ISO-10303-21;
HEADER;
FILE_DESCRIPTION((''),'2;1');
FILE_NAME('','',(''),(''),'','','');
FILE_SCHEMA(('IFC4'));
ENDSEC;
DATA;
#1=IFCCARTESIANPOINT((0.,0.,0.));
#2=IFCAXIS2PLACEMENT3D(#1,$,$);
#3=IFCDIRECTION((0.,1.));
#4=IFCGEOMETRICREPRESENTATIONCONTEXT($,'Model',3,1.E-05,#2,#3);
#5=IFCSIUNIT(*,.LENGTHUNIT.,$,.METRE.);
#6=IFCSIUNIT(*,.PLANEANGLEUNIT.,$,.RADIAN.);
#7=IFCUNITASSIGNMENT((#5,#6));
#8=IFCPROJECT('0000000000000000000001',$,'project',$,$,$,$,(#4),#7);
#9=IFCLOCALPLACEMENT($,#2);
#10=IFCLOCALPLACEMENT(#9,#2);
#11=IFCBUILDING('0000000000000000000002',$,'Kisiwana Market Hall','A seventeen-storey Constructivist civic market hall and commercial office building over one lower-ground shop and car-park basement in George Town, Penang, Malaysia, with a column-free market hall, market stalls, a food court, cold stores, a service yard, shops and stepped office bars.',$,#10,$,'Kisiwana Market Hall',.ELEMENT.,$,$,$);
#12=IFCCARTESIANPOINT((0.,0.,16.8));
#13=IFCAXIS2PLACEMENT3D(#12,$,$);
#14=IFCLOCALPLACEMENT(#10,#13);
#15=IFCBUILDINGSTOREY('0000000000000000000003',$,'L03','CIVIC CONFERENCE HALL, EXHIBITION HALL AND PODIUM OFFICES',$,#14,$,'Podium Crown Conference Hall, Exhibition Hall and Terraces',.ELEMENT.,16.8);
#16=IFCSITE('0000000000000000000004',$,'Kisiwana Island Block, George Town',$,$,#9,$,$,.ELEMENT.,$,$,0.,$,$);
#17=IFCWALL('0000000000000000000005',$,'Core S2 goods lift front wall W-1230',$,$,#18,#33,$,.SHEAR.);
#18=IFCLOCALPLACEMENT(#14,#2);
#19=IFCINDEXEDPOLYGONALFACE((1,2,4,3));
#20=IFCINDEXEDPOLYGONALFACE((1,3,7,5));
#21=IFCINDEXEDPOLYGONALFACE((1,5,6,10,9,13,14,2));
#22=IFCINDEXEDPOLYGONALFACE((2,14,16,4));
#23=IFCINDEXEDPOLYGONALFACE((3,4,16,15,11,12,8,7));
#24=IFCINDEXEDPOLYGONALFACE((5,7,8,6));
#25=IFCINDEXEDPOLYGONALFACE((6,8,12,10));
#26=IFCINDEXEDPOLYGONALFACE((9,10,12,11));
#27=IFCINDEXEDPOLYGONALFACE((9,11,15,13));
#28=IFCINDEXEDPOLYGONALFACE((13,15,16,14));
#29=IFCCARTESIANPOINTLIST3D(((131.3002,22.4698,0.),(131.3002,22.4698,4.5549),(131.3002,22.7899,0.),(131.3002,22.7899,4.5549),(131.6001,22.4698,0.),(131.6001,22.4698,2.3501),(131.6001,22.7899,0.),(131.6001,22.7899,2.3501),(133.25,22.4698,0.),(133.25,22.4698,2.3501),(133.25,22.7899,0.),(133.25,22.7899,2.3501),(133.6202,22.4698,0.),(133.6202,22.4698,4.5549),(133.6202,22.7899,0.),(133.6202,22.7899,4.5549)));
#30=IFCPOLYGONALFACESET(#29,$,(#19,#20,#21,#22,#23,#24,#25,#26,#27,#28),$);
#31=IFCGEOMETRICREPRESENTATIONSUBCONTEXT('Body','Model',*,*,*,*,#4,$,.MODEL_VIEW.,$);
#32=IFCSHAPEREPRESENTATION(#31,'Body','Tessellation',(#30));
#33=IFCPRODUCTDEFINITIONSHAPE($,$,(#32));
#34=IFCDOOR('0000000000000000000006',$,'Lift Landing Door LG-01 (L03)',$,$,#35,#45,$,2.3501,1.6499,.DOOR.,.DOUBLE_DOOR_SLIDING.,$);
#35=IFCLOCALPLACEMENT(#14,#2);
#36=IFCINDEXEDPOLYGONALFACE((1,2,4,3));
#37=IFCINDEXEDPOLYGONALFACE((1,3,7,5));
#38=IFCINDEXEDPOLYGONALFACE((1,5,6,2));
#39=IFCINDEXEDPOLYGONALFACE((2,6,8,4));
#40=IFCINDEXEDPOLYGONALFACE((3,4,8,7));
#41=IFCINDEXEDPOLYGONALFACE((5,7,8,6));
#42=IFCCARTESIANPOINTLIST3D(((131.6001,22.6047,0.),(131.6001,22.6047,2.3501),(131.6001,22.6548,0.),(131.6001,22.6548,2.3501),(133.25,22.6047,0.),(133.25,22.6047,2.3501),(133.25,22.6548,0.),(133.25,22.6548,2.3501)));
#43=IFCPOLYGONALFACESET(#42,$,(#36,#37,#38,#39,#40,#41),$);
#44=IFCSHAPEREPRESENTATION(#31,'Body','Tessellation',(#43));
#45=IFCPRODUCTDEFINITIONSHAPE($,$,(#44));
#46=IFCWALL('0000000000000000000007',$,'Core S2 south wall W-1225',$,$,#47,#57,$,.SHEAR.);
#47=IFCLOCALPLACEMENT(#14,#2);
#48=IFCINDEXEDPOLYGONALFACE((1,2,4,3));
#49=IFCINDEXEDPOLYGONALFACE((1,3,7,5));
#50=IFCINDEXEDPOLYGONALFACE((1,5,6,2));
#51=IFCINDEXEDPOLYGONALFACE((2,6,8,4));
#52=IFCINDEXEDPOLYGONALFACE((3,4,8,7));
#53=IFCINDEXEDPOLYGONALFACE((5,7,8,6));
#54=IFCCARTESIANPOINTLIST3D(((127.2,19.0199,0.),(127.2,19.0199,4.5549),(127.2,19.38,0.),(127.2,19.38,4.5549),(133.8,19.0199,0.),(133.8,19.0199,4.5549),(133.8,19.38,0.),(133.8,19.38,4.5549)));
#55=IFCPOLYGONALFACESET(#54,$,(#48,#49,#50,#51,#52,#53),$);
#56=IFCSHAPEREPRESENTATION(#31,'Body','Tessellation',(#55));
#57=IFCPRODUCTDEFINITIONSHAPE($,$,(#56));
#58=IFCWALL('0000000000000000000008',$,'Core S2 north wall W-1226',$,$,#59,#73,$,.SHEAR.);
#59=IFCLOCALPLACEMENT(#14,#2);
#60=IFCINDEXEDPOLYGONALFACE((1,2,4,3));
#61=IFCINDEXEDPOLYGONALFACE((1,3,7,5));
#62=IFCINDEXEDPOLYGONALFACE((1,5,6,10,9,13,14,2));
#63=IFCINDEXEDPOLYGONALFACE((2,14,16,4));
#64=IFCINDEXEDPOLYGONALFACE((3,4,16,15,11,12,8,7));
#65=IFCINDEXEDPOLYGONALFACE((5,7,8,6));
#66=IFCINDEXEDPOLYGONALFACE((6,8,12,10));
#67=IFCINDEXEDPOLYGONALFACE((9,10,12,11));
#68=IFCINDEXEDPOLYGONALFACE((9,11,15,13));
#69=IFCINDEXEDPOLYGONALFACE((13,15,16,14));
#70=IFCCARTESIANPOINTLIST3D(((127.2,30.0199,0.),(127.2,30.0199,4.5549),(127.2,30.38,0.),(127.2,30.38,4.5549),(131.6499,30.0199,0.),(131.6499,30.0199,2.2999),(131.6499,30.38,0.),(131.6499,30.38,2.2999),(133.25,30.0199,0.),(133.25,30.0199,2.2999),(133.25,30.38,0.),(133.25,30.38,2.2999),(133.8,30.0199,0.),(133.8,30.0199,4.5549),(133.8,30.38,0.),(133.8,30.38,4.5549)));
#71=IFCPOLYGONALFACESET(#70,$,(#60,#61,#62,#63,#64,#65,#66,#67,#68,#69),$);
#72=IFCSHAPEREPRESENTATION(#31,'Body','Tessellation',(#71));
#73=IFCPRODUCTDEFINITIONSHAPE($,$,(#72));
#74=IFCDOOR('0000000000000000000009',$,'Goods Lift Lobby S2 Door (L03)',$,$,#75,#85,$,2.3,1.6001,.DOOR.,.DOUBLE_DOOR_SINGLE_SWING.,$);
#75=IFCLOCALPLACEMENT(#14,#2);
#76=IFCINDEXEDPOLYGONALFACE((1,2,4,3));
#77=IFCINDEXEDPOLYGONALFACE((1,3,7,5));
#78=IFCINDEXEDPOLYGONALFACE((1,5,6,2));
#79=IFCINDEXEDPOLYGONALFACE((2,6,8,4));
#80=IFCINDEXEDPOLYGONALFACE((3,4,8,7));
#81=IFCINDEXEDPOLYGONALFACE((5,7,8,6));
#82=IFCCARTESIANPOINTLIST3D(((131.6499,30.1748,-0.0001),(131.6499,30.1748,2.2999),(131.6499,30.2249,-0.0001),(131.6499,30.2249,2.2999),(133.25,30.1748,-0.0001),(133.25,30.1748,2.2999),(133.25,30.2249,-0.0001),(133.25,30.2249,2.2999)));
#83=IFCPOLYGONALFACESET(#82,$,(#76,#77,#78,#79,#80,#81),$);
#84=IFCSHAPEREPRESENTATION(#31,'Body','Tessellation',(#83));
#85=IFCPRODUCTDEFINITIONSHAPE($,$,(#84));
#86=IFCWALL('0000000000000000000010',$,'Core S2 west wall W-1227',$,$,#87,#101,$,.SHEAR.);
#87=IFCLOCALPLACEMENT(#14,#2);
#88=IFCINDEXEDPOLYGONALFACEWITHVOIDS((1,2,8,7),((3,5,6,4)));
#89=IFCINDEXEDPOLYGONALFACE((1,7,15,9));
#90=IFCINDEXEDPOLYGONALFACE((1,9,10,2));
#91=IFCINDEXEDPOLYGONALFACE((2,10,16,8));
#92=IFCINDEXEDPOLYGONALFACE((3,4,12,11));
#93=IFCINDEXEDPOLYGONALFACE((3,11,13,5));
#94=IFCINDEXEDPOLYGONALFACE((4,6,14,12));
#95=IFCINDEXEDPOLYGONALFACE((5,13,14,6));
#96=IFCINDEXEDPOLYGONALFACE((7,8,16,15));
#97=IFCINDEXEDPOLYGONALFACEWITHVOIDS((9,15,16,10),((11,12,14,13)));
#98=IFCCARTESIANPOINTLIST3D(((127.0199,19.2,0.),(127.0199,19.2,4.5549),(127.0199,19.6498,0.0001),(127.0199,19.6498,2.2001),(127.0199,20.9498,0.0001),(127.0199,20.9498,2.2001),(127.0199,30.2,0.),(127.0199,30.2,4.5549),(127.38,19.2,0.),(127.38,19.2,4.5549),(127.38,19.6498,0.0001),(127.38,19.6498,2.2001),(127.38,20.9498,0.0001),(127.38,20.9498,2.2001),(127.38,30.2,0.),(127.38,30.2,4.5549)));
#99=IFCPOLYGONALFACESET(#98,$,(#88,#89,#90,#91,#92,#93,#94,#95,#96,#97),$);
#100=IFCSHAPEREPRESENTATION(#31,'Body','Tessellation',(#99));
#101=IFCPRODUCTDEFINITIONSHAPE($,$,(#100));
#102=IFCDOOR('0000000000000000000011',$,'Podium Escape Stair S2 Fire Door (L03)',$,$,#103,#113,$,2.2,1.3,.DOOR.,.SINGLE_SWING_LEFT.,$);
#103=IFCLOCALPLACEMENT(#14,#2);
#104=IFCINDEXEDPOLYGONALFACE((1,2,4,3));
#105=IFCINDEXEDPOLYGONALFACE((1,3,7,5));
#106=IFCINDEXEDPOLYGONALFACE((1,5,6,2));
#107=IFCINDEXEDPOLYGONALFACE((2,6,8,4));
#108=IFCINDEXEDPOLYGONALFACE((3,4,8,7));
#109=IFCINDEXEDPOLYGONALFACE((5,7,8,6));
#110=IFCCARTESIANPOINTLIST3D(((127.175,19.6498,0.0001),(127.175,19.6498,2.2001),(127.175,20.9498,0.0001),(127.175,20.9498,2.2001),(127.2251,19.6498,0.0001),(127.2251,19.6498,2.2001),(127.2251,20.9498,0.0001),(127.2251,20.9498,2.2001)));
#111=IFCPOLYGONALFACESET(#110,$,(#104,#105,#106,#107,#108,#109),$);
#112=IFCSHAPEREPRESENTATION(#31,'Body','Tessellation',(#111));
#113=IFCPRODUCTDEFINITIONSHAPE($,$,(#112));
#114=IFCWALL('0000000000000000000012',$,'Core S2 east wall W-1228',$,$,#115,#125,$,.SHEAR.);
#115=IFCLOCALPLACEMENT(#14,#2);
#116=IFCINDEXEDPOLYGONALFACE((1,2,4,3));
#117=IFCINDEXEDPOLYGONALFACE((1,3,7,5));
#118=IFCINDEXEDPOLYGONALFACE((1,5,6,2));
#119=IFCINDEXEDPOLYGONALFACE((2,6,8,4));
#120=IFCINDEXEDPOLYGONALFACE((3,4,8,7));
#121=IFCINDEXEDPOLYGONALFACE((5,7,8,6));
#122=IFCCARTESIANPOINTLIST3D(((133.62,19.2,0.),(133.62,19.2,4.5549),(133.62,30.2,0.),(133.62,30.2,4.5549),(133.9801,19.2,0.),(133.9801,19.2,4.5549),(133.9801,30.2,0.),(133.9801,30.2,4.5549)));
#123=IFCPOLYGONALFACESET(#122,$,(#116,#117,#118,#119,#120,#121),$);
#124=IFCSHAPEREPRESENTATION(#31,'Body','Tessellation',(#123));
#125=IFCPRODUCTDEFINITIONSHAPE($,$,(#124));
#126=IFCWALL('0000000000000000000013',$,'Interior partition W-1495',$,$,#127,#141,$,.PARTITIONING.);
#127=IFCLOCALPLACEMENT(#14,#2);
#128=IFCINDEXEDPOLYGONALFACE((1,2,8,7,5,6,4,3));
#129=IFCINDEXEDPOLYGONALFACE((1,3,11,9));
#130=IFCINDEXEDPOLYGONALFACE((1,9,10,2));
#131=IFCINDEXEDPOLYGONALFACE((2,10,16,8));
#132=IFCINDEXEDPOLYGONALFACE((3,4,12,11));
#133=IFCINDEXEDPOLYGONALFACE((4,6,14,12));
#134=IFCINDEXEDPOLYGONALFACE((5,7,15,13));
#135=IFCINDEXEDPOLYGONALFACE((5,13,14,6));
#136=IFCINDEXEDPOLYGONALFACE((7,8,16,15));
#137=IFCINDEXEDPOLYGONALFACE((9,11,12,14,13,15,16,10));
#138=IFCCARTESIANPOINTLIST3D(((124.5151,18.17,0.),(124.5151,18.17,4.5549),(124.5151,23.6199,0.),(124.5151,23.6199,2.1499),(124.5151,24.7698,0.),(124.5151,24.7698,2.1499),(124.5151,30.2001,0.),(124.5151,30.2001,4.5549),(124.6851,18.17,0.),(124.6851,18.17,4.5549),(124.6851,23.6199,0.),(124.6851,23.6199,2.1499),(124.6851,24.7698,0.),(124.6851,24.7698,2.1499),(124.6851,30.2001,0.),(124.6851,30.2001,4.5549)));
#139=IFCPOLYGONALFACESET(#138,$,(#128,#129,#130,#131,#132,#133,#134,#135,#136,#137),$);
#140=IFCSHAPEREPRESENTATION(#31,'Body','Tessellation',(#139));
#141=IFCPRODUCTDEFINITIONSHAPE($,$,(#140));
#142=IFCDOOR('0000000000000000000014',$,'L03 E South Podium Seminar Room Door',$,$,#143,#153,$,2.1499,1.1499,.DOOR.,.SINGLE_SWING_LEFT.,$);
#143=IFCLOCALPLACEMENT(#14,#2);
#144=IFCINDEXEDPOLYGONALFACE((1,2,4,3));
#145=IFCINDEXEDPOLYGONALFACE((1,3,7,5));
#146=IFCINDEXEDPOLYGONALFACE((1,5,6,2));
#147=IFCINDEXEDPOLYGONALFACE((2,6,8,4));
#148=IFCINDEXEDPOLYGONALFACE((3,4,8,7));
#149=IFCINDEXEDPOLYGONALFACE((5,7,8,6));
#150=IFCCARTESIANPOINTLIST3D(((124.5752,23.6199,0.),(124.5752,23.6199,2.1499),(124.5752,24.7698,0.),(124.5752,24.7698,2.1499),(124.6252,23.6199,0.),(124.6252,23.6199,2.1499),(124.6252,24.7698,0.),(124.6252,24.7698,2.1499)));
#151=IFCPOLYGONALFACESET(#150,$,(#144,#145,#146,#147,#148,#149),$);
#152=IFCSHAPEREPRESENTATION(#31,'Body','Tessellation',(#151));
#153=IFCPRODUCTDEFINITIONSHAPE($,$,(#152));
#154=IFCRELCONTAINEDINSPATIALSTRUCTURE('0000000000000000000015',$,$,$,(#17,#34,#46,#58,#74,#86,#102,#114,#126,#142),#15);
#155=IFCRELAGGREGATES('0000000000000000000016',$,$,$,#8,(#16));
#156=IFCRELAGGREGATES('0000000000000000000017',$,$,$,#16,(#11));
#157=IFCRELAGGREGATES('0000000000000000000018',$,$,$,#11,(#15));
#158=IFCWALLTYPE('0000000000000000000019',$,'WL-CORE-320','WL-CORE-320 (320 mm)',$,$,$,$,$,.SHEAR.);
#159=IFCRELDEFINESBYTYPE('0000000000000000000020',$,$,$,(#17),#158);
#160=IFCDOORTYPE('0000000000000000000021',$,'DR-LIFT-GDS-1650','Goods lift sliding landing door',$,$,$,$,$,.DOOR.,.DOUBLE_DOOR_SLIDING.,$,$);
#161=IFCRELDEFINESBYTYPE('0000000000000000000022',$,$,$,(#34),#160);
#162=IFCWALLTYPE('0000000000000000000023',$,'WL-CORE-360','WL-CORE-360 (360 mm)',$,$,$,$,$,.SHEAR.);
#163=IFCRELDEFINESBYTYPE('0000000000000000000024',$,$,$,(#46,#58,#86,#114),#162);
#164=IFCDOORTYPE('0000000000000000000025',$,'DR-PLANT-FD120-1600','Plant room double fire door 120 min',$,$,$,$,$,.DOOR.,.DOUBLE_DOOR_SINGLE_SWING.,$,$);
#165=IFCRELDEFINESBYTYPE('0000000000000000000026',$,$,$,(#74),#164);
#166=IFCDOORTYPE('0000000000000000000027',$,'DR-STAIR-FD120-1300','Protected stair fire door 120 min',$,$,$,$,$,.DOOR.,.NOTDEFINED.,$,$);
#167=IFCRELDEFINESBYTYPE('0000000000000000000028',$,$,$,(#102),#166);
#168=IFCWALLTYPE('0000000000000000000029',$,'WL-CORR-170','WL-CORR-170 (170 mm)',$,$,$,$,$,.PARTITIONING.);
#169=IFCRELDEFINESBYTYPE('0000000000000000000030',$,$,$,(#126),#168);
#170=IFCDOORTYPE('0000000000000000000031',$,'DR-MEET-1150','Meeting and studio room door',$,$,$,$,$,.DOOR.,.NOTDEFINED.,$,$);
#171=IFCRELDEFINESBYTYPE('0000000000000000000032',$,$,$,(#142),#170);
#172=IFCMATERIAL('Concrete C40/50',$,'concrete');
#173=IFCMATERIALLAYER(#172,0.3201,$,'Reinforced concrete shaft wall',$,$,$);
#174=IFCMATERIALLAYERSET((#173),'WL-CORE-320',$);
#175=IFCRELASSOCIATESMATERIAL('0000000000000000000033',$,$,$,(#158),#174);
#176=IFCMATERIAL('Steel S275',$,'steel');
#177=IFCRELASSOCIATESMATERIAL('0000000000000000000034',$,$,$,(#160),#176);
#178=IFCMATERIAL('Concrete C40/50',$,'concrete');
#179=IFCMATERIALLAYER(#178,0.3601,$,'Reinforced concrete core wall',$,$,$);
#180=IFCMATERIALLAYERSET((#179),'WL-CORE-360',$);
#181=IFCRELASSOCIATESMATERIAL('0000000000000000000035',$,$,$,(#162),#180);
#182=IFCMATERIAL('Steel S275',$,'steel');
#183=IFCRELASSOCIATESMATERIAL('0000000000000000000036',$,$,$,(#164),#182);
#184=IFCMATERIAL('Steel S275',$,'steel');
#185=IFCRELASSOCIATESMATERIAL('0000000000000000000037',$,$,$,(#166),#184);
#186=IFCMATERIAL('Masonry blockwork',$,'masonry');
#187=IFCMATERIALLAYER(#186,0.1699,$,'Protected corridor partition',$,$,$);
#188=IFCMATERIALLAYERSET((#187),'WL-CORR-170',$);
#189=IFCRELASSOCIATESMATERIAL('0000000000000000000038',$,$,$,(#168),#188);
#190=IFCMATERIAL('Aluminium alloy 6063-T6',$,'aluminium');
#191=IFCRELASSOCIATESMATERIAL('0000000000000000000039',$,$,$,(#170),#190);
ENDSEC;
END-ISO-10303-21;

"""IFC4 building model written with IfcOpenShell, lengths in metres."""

from ifc_helpers import new_model, si_unit, direction, frame, frame_2d, origin, place, context, subcontext, project, spatial, rectangle, extrude, material, layer, layer_set, type_object, element, fill, save


model = new_model("IFC4")

# Units and contexts
model_context = context("Model", 3, precision=1e-05, world=origin(), true_north=direction((0.0, 1.0)))
body_context = subcontext(model_context, "Body", "Model", "MODEL_VIEW")
ifc_project = project(units=[si_unit("LENGTHUNIT", "METRE"), si_unit("PLANEANGLEUNIT", "RADIAN")], contexts=[model_context])

# Site, building, storey
site_placement = place(None, origin())
site = spatial("IfcSite", under=ifc_project, at=site_placement, Name="Kisiwana Island Block, George Town", CompositionType="ELEMENT", RefElevation=0.0)
building_placement = place(site_placement, origin())
building = spatial("IfcBuilding", under=site, at=building_placement, Name="Kisiwana Market Hall", Description="A seventeen-storey Constructivist civic market hall and commercial office building over one lower-ground shop and car-park basement in George Town, Penang, Malaysia, with a column-free market hall, market stalls, a food court, cold stores, a service yard, shops and stepped office bars.", LongName="Kisiwana Market Hall", CompositionType="ELEMENT")
storey_placement = place(building_placement, frame((0.0, 0.0, 16.8)))
storey = spatial("IfcBuildingStorey", under=building, at=storey_placement, Name="L03", Description="CIVIC CONFERENCE HALL, EXHIBITION HALL AND PODIUM OFFICES", LongName="Podium Crown Conference Hall, Exhibition Hall and Terraces", CompositionType="ELEMENT", Elevation=16.8)

# Shared definitions
ifc_material_1 = material(Name="Concrete C40/50", Category="concrete")
ifc_layer_1 = layer(ifc_material_1, 0.3201, Name="Reinforced concrete shaft wall")
ifc_layer_set_1 = layer_set([ifc_layer_1], Name="WL-CORE-320")
wall_type_1 = type_object("IfcWallType", Name="WL-CORE-320", Description="WL-CORE-320 (320 mm)", PredefinedType="SHEAR", material=ifc_layer_set_1)

# Wall, opening, door
wall_1_placement = place(storey_placement, frame((131.3, 22.6299, 0.0), z_axis=(0.0, 0.0, 1.0), x_axis=(1.0, 0.0, 0.0)))
wall_1 = element("IfcWall", 1, at=wall_1_placement, inside=storey, type_object=wall_type_1, Name="Core S2 goods lift front wall W-1230", PredefinedType="SHEAR", context=body_context, shape_type="SweptSolid", body=[
    extrude(rectangle(XDim=2.3201, YDim=0.3201, at=frame_2d((1.1602, 0.0))), origin(), (0.0, 0.0, 1.0), 4.5549),
])
opening_1_placement = place(wall_1_placement, frame((0.3, 0.0, 0.0)))
opening_1 = element("IfcOpeningElement", 2, at=opening_1_placement, cuts=wall_1, PredefinedType="OPENING", context=body_context, shape_type="SweptSolid", body=[
    extrude(rectangle(XDim=1.6499, YDim=2.3501, at=frame_2d((0.825, 1.175))), frame((0.0, 0.1719, 0.0), z_axis=(0.0, -1.0, 0.0), x_axis=(1.0, 0.0, 0.0)), (0.0, 0.0, 1.0), 0.344),
])
ifc_material_2 = material(Name="Steel S275", Category="steel")
door_type_1 = type_object("IfcDoorType", Name="DR-LIFT-GDS-1650", Description="Goods lift sliding landing door", OperationType="DOUBLE_DOOR_SLIDING", PredefinedType="DOOR", material=ifc_material_2)
door_1_placement = place(opening_1_placement, origin())
door_1 = element("IfcDoor", 3, at=door_1_placement, inside=storey, type_object=door_type_1, Name="Lift Landing Door LG-01 (L03)", OperationType="DOUBLE_DOOR_SLIDING", OverallHeight=2.3501, OverallWidth=1.6499, PredefinedType="DOOR", context=body_context, shape_type="SweptSolid", body=[
    extrude(rectangle(XDim=1.6499, YDim=2.3501, at=frame_2d((0.825, 1.175))), frame((0.0, 0.0249, 0.0), z_axis=(0.0, -1.0, 0.0), x_axis=(1.0, 0.0, 0.0)), (0.0, 0.0, 1.0), 0.05),
])
fill(opening_1, door_1)

# Wall
ifc_material_3 = material(Name="Concrete C40/50", Category="concrete")
ifc_layer_2 = layer(ifc_material_3, 0.3601, Name="Reinforced concrete core wall")
ifc_layer_set_2 = layer_set([ifc_layer_2], Name="WL-CORE-360")
wall_type_2 = type_object("IfcWallType", Name="WL-CORE-360", Description="WL-CORE-360 (360 mm)", PredefinedType="SHEAR", material=ifc_layer_set_2)
wall_2_placement = place(storey_placement, frame((127.2, 19.2, 0.0), z_axis=(0.0, 0.0, 1.0), x_axis=(1.0, 0.0, 0.0)))
element("IfcWall", 4, at=wall_2_placement, inside=storey, type_object=wall_type_2, Name="Core S2 south wall W-1225", PredefinedType="SHEAR", context=body_context, shape_type="SweptSolid", body=[
    extrude(rectangle(XDim=6.6001, YDim=0.3601, at=frame_2d((3.3, 0.0))), origin(), (0.0, 0.0, 1.0), 4.5549),
])

# Walls, openings, doors
wall_3_placement = place(storey_placement, frame((127.2, 30.2, 0.0), z_axis=(0.0, 0.0, 1.0), x_axis=(1.0, 0.0, 0.0)))
wall_3 = element("IfcWall", 5, at=wall_3_placement, inside=storey, type_object=wall_type_2, Name="Core S2 north wall W-1226", PredefinedType="SHEAR", context=body_context, shape_type="SweptSolid", body=[
    extrude(rectangle(XDim=6.6001, YDim=0.3601, at=frame_2d((3.3, 0.0))), origin(), (0.0, 0.0, 1.0), 4.5549),
])
opening_2_placement = place(wall_3_placement, frame((4.45, 0.0, 0.0)))
opening_2 = element("IfcOpeningElement", 6, at=opening_2_placement, cuts=wall_3, PredefinedType="OPENING", context=body_context, shape_type="SweptSolid", body=[
    extrude(rectangle(XDim=1.6001, YDim=2.3, at=frame_2d((0.8, 1.1499))), frame((0.0, 0.1919, 0.0), z_axis=(0.0, -1.0, 0.0), x_axis=(1.0, 0.0, 0.0)), (0.0, 0.0, 1.0), 0.384),
])
ifc_material_4 = material(Name="Steel S275", Category="steel")
door_type_2 = type_object("IfcDoorType", Name="DR-PLANT-FD120-1600", Description="Plant room double fire door 120 min", OperationType="DOUBLE_DOOR_SINGLE_SWING", PredefinedType="DOOR", material=ifc_material_4)
door_2_placement = place(opening_2_placement, origin())
door_2 = element("IfcDoor", 7, at=door_2_placement, inside=storey, type_object=door_type_2, Name="Goods Lift Lobby S2 Door (L03)", OperationType="DOUBLE_DOOR_SINGLE_SWING", OverallHeight=2.3, OverallWidth=1.6001, PredefinedType="DOOR", context=body_context, shape_type="SweptSolid", body=[
    extrude(rectangle(XDim=1.6001, YDim=2.3, at=frame_2d((0.8, 1.1499))), frame((0.0, 0.0249, 0.0), z_axis=(0.0, -1.0, 0.0), x_axis=(1.0, 0.0, 0.0)), (0.0, 0.0, 1.0), 0.05),
])
fill(opening_2, door_2)
wall_4_placement = place(storey_placement, frame((127.2, 19.2, 0.0), z_axis=(0.0, 0.0, 1.0), x_axis=(0.0, 1.0, 0.0)))
wall_4 = element("IfcWall", 8, at=wall_4_placement, inside=storey, type_object=wall_type_2, Name="Core S2 west wall W-1227", PredefinedType="SHEAR", context=body_context, shape_type="SweptSolid", body=[
    extrude(rectangle(XDim=11.0, YDim=0.3601, at=frame_2d((5.5, 0.0))), origin(), (0.0, 0.0, 1.0), 4.5549),
])
opening_3_placement = place(wall_4_placement, frame((0.45, 0.0, 0.0)))
opening_3 = element("IfcOpeningElement", 9, at=opening_3_placement, cuts=wall_4, PredefinedType="OPENING", context=body_context, shape_type="SweptSolid", body=[
    extrude(rectangle(XDim=1.3, YDim=2.2, at=frame_2d((0.6499, 1.1001))), frame((0.0, 0.1919, 0.0), z_axis=(0.0, -1.0, 0.0), x_axis=(1.0, 0.0, 0.0)), (0.0, 0.0, 1.0), 0.384),
])
ifc_material_5 = material(Name="Steel S275", Category="steel")
door_type_3 = type_object("IfcDoorType", Name="DR-STAIR-FD120-1300", Description="Protected stair fire door 120 min", OperationType="NOTDEFINED", PredefinedType="DOOR", material=ifc_material_5)
door_3_placement = place(opening_3_placement, origin())
door_3 = element("IfcDoor", 10, at=door_3_placement, inside=storey, type_object=door_type_3, Name="Podium Escape Stair S2 Fire Door (L03)", OperationType="SINGLE_SWING_LEFT", OverallHeight=2.2, OverallWidth=1.3, PredefinedType="DOOR", context=body_context, shape_type="SweptSolid", body=[
    extrude(rectangle(XDim=1.3, YDim=2.2, at=frame_2d((0.6499, 1.1001))), frame((0.0, 0.0249, 0.0), z_axis=(0.0, -1.0, 0.0), x_axis=(1.0, 0.0, 0.0)), (0.0, 0.0, 1.0), 0.05),
])
fill(opening_3, door_3)

# Wall
wall_5_placement = place(storey_placement, frame((133.8, 19.2, 0.0), z_axis=(0.0, 0.0, 1.0), x_axis=(0.0, 1.0, 0.0)))
element("IfcWall", 11, at=wall_5_placement, inside=storey, type_object=wall_type_2, Name="Core S2 east wall W-1228", PredefinedType="SHEAR", context=body_context, shape_type="SweptSolid", body=[
    extrude(rectangle(XDim=11.0, YDim=0.3601, at=frame_2d((5.5, 0.0))), origin(), (0.0, 0.0, 1.0), 4.5549),
])

# Wall, opening, door
ifc_material_6 = material(Name="Masonry blockwork", Category="masonry")
ifc_layer_3 = layer(ifc_material_6, 0.1699, Name="Protected corridor partition")
ifc_layer_set_3 = layer_set([ifc_layer_3], Name="WL-CORR-170")
wall_type_3 = type_object("IfcWallType", Name="WL-CORR-170", Description="WL-CORR-170 (170 mm)", PredefinedType="PARTITIONING", material=ifc_layer_set_3)
wall_6_placement = place(storey_placement, frame((124.6001, 18.1699, 0.0), z_axis=(0.0, 0.0, 1.0), x_axis=(0.0, 1.0, 0.0)))
wall_6 = element("IfcWall", 12, at=wall_6_placement, inside=storey, type_object=wall_type_3, Name="Interior partition W-1495", PredefinedType="PARTITIONING", context=body_context, shape_type="SweptSolid", body=[
    extrude(rectangle(XDim=12.03, YDim=0.1699, at=frame_2d((6.0151, 0.0))), origin(), (0.0, 0.0, 1.0), 4.5549),
])
opening_4_placement = place(wall_6_placement, frame((5.45, 0.0, 0.0)))
opening_4 = element("IfcOpeningElement", 13, at=opening_4_placement, cuts=wall_6, PredefinedType="OPENING", context=body_context, shape_type="SweptSolid", body=[
    extrude(rectangle(XDim=1.1499, YDim=2.1499, at=frame_2d((0.575, 1.075))), frame((0.0, 0.0969, 0.0), z_axis=(0.0, -1.0, 0.0), x_axis=(1.0, 0.0, 0.0)), (0.0, 0.0, 1.0), 0.1938),
])
ifc_material_7 = material(Name="Aluminium alloy 6063-T6", Category="aluminium")
door_type_4 = type_object("IfcDoorType", Name="DR-MEET-1150", Description="Meeting and studio room door", OperationType="NOTDEFINED", PredefinedType="DOOR", material=ifc_material_7)
door_4_placement = place(opening_4_placement, origin())
door_4 = element("IfcDoor", 14, at=door_4_placement, inside=storey, type_object=door_type_4, Name="L03 E South Podium Seminar Room Door", OperationType="SINGLE_SWING_LEFT", OverallHeight=2.1499, OverallWidth=1.1499, PredefinedType="DOOR", context=body_context, shape_type="SweptSolid", body=[
    extrude(rectangle(XDim=1.1499, YDim=2.1499, at=frame_2d((0.575, 1.075))), frame((0.0, 0.0249, 0.0), z_axis=(0.0, -1.0, 0.0), x_axis=(1.0, 0.0, 0.0)), (0.0, 0.0, 1.0), 0.05),
])
fill(opening_4, door_4)

save(model, "model.ifc")
